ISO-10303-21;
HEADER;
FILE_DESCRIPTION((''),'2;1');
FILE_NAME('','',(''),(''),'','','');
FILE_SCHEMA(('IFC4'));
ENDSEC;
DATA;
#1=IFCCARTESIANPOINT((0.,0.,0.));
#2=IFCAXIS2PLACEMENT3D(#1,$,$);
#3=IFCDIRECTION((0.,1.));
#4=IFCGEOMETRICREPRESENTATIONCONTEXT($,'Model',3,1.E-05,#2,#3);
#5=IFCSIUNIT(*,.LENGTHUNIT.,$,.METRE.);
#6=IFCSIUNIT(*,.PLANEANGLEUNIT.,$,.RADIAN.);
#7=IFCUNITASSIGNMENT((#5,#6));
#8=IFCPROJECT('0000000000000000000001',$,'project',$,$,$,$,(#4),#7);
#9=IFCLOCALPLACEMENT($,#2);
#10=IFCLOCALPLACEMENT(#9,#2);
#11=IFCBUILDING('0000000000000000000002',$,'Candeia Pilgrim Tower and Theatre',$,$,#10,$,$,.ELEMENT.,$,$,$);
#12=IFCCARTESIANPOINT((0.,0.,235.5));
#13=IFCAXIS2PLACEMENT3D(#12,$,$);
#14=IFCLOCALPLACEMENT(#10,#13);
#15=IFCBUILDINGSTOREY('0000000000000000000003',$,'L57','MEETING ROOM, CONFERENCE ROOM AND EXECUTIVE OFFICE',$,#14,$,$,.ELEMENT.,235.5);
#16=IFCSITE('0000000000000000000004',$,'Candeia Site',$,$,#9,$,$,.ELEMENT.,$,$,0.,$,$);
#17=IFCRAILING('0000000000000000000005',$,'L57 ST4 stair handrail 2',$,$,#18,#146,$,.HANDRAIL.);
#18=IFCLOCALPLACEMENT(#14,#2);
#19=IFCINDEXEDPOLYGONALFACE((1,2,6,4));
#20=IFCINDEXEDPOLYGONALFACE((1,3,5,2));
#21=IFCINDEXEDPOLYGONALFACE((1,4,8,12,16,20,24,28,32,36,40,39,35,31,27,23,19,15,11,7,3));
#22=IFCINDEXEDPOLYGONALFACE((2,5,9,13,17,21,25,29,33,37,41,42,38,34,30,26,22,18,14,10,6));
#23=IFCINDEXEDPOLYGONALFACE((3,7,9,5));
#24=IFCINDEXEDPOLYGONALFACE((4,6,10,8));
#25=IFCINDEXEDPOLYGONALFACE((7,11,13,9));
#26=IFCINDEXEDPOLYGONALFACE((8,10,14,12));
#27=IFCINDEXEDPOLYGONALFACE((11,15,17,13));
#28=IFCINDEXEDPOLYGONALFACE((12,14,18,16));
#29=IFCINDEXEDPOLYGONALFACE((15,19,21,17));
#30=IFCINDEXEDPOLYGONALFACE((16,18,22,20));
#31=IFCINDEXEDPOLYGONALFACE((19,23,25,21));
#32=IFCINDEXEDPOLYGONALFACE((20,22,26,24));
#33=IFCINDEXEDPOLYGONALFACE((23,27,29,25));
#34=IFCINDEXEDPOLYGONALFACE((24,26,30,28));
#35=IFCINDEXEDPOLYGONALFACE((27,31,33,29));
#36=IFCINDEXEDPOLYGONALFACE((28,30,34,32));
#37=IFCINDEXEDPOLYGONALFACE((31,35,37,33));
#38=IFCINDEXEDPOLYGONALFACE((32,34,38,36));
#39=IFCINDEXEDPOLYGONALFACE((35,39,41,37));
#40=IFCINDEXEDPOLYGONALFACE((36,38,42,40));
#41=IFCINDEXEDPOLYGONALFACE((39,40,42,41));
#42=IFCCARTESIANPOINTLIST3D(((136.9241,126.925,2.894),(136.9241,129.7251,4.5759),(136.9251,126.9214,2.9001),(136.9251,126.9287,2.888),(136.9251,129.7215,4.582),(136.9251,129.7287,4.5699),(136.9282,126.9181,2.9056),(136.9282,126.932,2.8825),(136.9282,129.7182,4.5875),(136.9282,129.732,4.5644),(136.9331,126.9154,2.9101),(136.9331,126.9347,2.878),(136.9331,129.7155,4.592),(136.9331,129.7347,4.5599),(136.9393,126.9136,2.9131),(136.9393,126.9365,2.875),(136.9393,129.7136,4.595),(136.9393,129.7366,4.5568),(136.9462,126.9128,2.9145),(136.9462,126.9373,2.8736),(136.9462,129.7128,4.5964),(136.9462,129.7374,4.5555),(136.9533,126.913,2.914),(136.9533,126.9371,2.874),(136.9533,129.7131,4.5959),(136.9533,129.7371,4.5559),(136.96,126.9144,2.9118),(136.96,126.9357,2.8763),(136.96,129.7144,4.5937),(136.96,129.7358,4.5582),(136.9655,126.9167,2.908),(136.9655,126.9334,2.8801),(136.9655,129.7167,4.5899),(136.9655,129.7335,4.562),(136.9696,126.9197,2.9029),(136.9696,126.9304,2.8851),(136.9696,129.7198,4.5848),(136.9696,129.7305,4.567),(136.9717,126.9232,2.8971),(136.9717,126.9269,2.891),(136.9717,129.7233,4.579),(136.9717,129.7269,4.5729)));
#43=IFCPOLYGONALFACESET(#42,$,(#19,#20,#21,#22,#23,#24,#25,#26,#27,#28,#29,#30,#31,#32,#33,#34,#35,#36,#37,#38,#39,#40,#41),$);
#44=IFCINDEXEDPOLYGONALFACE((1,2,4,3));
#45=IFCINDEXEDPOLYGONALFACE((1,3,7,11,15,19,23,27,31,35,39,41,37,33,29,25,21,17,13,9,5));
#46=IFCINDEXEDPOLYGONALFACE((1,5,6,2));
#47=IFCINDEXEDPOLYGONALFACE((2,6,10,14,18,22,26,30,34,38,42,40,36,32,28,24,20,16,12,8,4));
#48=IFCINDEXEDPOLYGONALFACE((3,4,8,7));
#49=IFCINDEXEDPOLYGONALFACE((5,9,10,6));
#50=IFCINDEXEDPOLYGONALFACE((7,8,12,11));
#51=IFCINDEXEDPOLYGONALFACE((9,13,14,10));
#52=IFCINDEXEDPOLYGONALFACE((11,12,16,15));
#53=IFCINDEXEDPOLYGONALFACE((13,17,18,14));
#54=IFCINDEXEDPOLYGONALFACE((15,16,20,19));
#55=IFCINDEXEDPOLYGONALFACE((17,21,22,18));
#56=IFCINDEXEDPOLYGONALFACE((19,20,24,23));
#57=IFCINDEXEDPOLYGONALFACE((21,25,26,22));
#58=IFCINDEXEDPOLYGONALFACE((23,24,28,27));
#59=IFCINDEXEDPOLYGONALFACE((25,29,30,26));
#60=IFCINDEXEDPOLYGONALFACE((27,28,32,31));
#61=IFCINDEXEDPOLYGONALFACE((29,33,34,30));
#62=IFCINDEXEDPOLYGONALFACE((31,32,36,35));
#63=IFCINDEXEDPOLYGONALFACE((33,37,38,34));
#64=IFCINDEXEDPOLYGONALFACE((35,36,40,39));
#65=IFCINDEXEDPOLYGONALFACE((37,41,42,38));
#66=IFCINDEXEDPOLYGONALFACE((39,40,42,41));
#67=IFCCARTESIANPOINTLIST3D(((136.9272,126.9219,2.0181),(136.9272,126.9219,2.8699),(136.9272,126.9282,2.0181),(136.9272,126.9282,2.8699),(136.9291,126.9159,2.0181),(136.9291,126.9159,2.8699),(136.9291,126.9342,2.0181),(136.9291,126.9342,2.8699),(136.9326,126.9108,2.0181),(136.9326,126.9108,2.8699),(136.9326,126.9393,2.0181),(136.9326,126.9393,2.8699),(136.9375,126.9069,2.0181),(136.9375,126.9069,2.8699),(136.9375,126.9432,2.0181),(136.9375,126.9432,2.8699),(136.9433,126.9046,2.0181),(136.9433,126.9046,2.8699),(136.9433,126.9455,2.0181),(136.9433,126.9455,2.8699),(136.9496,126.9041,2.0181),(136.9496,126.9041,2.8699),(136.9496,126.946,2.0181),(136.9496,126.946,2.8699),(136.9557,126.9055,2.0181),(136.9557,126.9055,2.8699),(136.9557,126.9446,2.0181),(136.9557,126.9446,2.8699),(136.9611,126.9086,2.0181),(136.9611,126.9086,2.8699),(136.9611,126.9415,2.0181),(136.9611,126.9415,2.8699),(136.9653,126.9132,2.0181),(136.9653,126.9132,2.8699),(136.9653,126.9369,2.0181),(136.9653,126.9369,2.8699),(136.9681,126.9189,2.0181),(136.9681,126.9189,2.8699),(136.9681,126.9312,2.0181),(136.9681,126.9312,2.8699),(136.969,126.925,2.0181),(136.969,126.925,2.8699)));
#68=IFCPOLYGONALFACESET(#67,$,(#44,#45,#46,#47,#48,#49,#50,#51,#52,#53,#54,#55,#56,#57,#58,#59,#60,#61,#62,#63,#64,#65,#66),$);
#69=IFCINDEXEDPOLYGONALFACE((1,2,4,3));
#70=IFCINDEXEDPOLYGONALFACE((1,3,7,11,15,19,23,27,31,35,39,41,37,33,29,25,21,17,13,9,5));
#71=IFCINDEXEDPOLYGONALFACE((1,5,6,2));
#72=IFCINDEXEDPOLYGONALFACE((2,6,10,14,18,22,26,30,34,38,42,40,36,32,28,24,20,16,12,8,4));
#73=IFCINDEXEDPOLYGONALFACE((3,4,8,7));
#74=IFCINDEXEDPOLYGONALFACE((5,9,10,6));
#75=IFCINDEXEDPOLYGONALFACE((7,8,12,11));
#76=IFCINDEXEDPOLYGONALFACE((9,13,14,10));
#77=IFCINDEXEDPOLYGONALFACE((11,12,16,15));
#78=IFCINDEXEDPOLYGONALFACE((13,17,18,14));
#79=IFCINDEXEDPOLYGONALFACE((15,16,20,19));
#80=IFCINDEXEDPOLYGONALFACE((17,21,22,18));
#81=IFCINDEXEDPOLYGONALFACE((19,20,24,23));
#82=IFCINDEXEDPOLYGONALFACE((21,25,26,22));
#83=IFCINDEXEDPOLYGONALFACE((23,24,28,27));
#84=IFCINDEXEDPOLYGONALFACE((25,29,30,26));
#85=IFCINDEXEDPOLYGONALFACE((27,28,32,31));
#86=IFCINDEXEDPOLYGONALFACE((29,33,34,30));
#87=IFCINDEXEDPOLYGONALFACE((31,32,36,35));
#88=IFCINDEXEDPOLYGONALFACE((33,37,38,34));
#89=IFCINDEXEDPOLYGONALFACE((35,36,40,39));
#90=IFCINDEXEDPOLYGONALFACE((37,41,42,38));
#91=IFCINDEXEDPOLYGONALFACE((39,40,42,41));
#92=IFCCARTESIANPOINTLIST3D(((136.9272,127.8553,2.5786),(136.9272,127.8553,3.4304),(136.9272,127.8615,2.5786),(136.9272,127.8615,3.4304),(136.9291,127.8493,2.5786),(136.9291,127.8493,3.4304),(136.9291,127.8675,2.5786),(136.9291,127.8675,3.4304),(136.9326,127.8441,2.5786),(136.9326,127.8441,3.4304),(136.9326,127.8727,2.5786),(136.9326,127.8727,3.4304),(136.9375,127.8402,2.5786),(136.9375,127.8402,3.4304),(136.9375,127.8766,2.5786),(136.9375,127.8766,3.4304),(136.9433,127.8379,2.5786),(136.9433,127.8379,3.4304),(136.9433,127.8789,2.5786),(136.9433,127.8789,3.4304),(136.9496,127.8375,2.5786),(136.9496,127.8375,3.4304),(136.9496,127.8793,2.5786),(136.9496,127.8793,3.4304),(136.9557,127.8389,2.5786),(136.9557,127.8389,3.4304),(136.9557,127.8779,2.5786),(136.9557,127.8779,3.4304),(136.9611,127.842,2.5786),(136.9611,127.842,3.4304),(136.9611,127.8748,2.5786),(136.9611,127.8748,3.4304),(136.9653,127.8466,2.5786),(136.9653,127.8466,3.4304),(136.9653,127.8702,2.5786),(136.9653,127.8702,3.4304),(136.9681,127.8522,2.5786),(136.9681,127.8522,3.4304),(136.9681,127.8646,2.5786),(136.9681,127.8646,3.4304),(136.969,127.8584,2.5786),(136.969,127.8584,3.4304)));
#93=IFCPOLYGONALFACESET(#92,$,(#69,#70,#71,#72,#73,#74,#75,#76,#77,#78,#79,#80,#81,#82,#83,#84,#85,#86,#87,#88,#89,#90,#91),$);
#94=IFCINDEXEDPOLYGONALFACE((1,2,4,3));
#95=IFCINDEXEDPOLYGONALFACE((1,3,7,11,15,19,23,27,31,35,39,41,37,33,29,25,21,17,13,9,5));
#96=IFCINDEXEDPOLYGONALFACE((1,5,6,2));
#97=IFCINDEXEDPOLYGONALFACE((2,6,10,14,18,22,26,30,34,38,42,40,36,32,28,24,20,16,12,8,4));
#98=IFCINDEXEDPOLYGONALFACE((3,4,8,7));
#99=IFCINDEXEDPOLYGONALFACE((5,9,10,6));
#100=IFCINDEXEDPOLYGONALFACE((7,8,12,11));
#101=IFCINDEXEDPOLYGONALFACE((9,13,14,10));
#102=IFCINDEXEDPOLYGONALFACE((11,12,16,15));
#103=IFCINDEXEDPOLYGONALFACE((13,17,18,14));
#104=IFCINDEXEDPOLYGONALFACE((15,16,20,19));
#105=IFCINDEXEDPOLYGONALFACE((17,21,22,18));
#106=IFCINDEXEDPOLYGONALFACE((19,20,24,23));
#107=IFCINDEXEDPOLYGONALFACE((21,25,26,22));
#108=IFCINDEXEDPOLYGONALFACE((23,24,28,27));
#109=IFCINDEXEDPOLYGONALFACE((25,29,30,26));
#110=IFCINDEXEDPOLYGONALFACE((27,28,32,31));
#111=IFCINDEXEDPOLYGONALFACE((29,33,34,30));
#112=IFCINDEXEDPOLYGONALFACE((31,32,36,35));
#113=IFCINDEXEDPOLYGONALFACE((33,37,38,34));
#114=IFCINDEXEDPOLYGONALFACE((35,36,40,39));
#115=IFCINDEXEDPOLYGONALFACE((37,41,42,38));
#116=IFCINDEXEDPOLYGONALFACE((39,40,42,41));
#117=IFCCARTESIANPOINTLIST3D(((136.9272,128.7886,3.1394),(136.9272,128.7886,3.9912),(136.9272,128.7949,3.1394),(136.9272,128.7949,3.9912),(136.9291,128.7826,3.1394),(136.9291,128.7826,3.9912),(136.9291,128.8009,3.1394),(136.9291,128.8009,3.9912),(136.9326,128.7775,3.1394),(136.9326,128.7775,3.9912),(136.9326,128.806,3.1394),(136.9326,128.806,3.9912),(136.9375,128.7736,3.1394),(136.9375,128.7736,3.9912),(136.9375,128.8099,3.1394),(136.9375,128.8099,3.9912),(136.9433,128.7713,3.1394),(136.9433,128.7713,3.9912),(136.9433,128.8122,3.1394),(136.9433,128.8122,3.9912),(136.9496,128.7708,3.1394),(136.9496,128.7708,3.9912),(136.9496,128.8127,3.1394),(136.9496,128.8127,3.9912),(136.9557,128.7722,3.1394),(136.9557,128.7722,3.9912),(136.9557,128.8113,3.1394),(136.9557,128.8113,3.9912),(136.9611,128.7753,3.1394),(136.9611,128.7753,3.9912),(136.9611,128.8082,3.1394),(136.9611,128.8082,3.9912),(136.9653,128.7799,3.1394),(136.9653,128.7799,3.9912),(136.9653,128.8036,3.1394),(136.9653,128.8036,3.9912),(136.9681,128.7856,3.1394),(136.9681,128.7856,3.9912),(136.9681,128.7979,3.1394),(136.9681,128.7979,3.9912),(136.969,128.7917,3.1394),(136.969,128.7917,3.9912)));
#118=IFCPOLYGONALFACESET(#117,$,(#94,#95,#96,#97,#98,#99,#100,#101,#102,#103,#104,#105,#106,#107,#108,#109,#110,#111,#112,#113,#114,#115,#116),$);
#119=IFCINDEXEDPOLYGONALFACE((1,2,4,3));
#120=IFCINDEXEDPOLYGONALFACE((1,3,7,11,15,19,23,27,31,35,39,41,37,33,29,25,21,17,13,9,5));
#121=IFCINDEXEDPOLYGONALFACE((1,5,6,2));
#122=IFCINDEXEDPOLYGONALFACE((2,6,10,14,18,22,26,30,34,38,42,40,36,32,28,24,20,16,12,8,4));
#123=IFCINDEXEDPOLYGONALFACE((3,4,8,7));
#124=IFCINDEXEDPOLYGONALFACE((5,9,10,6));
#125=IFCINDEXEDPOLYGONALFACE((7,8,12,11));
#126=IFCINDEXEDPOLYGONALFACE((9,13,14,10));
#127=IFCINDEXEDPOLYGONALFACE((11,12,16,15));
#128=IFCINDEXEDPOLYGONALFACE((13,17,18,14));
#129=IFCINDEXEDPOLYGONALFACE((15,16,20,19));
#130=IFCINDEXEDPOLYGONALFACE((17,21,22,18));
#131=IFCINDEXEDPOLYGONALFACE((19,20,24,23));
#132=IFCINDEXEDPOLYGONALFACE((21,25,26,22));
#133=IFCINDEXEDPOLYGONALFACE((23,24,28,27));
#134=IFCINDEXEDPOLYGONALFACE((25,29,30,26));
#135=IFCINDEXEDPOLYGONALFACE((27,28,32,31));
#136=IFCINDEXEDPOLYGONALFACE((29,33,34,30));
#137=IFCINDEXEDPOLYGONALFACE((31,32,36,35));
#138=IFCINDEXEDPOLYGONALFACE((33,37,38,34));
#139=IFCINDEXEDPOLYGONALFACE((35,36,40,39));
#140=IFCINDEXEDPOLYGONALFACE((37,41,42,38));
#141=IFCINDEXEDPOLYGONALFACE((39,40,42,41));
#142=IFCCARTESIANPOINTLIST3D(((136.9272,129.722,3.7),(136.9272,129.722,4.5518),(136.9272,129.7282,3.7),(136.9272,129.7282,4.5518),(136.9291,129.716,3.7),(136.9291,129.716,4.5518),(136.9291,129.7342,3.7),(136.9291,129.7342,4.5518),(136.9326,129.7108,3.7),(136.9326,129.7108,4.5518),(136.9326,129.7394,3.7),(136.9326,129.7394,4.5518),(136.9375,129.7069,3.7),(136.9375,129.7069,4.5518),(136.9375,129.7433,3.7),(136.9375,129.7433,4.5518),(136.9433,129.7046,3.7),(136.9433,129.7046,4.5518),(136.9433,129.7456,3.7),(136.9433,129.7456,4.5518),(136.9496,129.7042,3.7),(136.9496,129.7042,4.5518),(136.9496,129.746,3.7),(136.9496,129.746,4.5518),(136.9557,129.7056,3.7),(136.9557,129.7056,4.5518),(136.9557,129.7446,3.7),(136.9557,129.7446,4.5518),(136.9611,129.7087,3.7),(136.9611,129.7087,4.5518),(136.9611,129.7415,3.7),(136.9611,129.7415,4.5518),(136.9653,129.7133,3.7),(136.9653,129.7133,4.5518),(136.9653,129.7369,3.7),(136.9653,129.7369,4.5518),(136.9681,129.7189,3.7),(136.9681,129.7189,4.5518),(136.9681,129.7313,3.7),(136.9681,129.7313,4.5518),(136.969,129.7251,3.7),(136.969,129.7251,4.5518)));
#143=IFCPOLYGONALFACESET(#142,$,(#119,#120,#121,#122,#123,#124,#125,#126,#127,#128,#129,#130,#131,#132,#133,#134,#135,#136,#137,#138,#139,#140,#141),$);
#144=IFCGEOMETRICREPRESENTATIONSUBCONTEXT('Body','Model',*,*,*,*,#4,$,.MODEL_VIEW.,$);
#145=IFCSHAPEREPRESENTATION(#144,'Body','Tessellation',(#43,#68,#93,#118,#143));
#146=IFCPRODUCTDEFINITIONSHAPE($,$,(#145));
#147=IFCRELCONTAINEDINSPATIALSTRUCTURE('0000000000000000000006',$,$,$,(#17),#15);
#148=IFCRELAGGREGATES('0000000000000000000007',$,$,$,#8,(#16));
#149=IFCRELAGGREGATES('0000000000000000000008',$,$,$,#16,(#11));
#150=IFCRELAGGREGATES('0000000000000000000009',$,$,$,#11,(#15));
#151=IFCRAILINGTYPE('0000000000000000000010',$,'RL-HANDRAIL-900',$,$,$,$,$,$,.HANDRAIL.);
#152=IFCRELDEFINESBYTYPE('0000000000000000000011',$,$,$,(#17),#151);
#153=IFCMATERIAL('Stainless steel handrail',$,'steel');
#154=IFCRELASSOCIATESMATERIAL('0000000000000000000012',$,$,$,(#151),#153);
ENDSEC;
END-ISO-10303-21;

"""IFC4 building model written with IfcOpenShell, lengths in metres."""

from ifc_helpers import new_model, si_unit, direction, frame, origin, origin_2d, place, context, subcontext, project, spatial, circle, extrude, material, type_object, element, save


model = new_model("IFC4")

# Units and contexts
model_context = context("Model", 3, precision=1e-05, world=origin(), true_north=direction((0.0, 1.0)))
body_context = subcontext(model_context, "Body", "Model", "MODEL_VIEW")
ifc_project = project(units=[si_unit("LENGTHUNIT", "METRE"), si_unit("PLANEANGLEUNIT", "RADIAN")], contexts=[model_context])

# Site, building, storey
site_placement = place(None, origin())
site = spatial("IfcSite", under=ifc_project, at=site_placement, Name="Candeia Site", CompositionType="ELEMENT", RefElevation=0.0)
building_placement = place(site_placement, origin())
building = spatial("IfcBuilding", under=site, at=building_placement, Name="Candeia Pilgrim Tower and Theatre", CompositionType="ELEMENT")
storey_placement = place(building_placement, frame((0.0, 0.0, 235.5)))
storey = spatial("IfcBuildingStorey", under=building, at=storey_placement, Name="L57", Description="MEETING ROOM, CONFERENCE ROOM AND EXECUTIVE OFFICE", CompositionType="ELEMENT", Elevation=235.5)

# Railing
ifc_material_1 = material(Name="Stainless steel handrail", Category="steel")
railing_type_1 = type_object("IfcRailingType", Name="RL-HANDRAIL-900", PredefinedType="HANDRAIL", material=ifc_material_1)
railing_1_placement = place(storey_placement, frame((136.948, 126.925, 2.0181)))
element("IfcRailing", 1, at=railing_1_placement, inside=storey, type_object=railing_type_1, Name="L57 ST4 stair handrail 2", PredefinedType="HANDRAIL", context=body_context, shape_type="SweptSolid", body=[
    extrude(circle(Radius=0.0239, at=origin_2d()), frame((0.0, 0.0, 0.876), z_axis=(0.0, 0.857242, 0.514913), x_axis=(-1.0, 0.0, 0.0)), (0.0, 0.0, 1.0), 3.2664),
    extrude(circle(Radius=0.021, at=origin_2d()), origin(), (0.0, 0.0, 1.0), 0.8518),
    extrude(circle(Radius=0.021, at=origin_2d()), frame((0.0, 0.9333, 0.5605)), (0.0, 0.0, 1.0), 0.8518),
    extrude(circle(Radius=0.021, at=origin_2d()), frame((0.0, 1.8667, 1.1213)), (0.0, 0.0, 1.0), 0.8518),
    extrude(circle(Radius=0.021, at=origin_2d()), frame((0.0, 2.8, 1.6819)), (0.0, 0.0, 1.0), 0.8518),
])

save(model, "model.ifc")
